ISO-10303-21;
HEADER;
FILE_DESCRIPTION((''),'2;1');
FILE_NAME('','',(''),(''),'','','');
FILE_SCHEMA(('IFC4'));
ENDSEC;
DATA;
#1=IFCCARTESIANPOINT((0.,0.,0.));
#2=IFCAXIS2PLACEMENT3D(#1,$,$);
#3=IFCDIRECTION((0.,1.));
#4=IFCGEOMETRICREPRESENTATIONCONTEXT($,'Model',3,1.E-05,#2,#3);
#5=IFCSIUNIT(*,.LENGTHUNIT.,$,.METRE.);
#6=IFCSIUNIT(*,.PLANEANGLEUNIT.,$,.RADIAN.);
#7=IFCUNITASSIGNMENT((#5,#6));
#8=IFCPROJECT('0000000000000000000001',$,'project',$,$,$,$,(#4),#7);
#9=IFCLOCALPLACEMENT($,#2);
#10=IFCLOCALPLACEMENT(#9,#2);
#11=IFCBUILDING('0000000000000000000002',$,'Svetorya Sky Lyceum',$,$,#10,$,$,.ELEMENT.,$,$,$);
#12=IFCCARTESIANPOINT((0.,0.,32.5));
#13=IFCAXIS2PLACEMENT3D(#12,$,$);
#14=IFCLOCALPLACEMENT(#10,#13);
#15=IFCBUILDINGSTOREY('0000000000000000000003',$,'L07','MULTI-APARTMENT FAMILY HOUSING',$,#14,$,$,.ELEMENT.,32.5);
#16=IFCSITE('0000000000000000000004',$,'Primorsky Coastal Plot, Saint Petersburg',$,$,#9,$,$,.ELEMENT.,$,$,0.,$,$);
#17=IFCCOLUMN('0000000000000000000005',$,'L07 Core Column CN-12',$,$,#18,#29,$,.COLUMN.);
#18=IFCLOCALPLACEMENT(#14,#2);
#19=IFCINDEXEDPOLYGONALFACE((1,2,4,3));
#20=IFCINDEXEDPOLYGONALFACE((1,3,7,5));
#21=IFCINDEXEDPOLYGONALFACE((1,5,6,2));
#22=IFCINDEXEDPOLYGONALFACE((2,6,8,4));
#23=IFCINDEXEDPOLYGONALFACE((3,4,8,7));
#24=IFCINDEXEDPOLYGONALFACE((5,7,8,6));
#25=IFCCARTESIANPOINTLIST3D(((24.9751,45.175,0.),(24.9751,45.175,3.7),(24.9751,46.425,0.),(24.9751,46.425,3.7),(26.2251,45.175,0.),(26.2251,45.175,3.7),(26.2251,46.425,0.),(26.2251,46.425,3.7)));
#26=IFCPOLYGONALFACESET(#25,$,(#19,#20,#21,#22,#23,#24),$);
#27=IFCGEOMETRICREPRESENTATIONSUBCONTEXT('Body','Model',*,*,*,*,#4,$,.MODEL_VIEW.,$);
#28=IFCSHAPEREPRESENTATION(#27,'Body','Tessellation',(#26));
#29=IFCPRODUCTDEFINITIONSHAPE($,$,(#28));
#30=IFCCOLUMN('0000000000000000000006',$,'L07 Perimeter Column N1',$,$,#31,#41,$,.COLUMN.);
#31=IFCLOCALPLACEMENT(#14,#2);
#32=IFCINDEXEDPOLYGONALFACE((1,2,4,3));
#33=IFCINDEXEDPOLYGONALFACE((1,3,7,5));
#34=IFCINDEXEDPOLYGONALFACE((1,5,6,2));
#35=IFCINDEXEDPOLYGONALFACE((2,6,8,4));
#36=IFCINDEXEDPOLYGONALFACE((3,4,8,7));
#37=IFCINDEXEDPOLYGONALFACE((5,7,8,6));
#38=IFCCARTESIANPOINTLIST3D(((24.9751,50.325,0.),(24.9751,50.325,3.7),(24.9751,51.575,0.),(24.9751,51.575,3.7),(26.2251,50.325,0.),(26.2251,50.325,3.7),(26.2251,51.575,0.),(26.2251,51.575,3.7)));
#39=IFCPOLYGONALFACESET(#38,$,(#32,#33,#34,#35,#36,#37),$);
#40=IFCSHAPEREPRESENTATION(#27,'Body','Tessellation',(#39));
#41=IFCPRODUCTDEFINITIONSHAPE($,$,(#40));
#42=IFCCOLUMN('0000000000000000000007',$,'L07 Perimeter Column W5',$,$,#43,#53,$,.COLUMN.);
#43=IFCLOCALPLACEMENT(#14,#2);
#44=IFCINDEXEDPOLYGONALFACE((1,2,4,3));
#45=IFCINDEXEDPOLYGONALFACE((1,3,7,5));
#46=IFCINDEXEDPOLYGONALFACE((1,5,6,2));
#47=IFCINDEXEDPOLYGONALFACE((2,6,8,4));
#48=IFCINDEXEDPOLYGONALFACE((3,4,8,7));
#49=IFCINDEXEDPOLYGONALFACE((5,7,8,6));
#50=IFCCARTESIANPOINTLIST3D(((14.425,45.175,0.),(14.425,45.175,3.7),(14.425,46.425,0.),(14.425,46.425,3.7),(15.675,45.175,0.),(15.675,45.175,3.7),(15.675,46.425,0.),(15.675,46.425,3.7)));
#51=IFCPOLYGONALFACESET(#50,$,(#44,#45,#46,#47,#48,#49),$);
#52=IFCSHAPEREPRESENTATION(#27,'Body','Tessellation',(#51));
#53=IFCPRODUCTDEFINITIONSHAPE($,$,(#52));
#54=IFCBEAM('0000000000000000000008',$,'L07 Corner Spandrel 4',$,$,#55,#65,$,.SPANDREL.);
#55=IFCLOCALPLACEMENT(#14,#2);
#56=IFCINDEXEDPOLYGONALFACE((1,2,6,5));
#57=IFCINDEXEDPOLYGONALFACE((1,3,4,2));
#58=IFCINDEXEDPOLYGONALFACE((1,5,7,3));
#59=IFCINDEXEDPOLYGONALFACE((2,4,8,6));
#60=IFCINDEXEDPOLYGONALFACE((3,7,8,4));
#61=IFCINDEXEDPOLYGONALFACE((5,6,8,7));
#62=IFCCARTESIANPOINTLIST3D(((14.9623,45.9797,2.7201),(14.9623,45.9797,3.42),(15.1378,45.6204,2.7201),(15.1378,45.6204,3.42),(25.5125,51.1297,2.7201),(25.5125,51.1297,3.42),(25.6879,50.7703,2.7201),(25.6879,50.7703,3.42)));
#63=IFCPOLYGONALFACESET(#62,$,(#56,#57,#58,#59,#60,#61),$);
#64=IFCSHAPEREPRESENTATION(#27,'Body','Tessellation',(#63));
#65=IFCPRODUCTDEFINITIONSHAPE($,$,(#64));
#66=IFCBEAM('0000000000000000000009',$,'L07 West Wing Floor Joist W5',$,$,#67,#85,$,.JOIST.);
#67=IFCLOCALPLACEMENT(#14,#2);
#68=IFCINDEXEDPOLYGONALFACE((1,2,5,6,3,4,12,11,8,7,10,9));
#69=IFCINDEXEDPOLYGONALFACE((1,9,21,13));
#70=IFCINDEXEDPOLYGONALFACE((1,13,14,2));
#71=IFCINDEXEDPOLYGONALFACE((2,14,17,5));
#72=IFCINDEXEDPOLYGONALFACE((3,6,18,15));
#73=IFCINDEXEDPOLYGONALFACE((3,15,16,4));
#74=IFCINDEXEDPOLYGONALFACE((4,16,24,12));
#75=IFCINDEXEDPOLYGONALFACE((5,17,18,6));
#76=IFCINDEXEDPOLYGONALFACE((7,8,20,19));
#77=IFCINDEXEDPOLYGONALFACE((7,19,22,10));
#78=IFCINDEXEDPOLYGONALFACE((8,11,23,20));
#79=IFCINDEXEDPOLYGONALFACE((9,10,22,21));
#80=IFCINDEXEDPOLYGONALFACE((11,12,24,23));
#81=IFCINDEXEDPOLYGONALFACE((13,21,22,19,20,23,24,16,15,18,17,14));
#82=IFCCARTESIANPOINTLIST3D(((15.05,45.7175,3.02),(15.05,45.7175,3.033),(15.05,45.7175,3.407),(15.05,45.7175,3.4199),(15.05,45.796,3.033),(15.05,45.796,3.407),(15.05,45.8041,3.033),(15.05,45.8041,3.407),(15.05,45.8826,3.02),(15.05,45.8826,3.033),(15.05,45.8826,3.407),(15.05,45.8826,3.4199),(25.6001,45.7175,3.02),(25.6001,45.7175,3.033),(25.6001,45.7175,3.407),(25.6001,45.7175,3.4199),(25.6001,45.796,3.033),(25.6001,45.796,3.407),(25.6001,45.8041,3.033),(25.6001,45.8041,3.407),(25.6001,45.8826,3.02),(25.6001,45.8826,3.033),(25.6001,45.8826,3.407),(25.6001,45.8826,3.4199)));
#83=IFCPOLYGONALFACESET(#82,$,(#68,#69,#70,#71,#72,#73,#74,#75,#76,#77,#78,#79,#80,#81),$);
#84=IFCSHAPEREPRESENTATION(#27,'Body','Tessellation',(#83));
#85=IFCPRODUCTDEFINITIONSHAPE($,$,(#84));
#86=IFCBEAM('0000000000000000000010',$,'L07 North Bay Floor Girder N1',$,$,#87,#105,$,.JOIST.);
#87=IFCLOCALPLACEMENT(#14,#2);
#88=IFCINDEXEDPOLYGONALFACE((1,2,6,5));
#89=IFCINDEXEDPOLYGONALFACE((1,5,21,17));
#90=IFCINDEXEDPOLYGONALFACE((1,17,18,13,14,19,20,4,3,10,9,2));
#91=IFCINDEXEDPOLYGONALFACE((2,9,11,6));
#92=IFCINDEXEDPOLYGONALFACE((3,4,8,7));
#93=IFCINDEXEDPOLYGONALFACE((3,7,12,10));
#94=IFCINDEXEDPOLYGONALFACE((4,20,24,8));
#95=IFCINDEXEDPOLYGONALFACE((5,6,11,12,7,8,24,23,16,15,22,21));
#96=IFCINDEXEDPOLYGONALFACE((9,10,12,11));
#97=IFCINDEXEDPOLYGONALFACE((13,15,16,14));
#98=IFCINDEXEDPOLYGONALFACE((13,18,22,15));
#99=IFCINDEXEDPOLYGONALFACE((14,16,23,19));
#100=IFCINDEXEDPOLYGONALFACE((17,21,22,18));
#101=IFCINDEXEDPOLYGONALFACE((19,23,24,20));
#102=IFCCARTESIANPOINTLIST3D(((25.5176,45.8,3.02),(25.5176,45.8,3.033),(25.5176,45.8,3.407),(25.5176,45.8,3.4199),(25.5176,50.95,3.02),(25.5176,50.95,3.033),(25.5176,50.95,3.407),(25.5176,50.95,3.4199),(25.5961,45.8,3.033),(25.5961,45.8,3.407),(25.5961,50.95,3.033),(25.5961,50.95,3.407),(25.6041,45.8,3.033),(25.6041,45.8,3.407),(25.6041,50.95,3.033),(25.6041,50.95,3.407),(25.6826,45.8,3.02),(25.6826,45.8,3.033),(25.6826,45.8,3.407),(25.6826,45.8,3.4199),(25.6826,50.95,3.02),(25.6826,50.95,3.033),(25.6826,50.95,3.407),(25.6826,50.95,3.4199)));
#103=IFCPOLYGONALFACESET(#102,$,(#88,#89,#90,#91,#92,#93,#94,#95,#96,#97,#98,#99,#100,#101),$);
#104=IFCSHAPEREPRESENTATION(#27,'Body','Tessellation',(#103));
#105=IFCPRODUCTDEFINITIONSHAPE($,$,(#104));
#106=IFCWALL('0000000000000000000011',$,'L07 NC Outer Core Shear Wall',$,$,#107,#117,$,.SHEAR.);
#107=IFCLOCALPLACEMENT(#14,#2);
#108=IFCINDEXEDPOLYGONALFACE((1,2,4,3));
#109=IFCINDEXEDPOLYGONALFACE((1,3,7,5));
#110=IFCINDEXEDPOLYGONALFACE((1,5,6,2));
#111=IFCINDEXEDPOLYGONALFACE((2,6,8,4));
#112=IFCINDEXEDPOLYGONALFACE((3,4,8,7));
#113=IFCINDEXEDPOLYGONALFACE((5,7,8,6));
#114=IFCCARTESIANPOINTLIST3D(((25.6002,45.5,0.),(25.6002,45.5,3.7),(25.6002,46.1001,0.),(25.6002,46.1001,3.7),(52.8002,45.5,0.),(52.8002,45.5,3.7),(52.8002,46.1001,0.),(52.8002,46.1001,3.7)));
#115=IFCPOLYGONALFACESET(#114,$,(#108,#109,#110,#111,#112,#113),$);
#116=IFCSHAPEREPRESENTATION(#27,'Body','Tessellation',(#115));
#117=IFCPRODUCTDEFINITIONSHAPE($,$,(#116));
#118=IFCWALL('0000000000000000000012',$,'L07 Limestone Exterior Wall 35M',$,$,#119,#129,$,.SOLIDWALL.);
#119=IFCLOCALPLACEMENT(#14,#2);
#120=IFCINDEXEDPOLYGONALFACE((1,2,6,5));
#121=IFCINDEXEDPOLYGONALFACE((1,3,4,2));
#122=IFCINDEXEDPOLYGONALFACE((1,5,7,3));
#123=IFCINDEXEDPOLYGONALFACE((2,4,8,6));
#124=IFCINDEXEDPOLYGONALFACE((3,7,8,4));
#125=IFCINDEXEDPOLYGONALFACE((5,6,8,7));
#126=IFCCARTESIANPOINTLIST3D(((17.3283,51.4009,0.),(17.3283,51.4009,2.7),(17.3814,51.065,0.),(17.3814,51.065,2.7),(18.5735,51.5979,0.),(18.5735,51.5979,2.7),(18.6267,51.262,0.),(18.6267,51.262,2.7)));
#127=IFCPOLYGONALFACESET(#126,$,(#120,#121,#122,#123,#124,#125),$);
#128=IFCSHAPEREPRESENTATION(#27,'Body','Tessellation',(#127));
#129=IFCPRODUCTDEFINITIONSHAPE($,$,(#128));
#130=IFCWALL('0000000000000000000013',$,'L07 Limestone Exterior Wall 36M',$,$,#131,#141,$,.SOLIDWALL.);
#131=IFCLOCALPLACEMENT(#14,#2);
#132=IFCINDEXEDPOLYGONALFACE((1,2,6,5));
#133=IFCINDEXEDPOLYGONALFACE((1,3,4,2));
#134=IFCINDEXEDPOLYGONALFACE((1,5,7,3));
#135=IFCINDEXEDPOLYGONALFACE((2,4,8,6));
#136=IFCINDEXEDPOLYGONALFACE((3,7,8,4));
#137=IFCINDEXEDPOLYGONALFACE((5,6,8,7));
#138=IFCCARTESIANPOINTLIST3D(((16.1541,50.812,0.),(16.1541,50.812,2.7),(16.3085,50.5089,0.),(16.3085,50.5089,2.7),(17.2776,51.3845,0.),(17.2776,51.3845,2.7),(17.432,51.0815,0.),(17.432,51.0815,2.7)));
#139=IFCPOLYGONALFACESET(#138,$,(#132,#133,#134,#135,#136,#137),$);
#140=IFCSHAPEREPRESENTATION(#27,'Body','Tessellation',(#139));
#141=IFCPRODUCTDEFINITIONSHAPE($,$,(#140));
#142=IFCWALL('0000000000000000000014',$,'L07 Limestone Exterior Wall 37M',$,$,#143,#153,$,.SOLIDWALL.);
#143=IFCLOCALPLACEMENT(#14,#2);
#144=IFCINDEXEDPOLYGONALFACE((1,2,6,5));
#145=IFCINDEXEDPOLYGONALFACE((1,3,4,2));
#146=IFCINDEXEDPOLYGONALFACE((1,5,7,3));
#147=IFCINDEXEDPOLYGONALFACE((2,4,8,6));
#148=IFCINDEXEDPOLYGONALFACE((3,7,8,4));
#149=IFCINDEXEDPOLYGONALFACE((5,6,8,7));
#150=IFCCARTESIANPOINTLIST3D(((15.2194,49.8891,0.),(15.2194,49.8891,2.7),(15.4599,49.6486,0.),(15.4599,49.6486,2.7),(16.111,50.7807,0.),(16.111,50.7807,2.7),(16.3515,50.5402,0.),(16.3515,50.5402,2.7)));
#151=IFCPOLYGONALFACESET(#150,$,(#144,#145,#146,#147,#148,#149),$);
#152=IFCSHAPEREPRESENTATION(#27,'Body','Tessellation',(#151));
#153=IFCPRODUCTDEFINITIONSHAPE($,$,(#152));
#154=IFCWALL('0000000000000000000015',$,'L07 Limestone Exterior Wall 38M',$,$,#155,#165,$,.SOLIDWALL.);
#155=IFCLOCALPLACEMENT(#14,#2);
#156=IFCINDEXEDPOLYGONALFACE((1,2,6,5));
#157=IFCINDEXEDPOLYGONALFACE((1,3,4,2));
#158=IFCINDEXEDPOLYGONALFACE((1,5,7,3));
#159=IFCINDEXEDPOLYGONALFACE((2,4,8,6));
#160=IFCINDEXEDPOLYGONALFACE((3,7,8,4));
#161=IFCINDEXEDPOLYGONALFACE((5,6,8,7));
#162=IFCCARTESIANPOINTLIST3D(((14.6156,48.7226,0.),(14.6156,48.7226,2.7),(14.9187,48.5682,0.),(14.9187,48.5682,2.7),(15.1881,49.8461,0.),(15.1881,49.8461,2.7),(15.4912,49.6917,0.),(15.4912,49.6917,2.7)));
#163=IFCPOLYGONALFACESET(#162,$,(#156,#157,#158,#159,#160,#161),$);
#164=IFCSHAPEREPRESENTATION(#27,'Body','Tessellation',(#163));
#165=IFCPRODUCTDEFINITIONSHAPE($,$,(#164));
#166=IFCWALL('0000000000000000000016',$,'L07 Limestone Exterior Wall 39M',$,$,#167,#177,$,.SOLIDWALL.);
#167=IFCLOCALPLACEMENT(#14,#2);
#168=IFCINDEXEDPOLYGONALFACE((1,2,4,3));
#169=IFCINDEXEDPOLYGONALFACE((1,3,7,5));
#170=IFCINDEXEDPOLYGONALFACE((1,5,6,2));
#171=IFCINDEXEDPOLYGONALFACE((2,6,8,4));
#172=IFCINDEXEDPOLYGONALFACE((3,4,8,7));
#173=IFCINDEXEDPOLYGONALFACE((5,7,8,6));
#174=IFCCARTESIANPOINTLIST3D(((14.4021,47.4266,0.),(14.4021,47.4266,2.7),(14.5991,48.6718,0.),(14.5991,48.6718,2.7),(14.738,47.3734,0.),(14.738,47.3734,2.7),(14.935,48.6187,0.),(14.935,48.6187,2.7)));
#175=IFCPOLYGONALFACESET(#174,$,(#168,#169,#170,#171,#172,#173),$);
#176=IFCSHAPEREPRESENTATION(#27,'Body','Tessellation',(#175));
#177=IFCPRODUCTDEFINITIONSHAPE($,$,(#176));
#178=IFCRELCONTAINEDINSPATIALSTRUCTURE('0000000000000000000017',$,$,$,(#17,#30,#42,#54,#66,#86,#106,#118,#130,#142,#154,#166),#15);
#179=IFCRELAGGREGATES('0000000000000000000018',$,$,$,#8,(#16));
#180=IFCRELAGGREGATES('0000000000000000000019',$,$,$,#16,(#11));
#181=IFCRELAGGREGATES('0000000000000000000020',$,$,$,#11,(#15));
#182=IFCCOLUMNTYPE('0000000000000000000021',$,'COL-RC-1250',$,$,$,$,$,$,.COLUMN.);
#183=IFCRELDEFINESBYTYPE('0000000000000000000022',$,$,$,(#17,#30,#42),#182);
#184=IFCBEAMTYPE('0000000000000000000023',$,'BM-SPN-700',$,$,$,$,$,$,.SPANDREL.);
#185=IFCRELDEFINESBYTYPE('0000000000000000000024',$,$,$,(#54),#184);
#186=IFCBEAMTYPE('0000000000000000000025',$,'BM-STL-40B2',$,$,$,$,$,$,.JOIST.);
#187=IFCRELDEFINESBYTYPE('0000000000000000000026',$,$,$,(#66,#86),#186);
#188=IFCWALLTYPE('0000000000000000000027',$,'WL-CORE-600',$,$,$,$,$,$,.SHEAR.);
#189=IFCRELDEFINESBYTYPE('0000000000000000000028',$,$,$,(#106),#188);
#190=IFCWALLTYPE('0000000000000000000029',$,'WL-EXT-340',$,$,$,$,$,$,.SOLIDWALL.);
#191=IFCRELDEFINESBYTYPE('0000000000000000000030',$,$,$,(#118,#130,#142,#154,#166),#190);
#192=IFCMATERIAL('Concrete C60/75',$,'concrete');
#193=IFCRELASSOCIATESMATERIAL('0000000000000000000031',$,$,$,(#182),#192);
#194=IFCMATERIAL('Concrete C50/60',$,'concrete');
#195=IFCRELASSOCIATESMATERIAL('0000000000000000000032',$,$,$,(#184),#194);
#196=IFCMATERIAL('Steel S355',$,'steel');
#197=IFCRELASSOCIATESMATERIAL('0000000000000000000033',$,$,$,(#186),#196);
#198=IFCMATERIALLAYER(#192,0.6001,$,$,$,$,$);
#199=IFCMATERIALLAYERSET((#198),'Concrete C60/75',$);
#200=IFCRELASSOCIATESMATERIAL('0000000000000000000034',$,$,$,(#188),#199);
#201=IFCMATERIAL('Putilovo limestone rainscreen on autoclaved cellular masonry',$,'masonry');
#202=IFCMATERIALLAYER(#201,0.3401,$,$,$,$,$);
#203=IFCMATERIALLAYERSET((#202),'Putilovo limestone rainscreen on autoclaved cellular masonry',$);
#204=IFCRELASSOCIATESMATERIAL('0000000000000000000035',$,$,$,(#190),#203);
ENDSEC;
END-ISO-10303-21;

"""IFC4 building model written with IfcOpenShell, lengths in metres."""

from ifc_helpers import new_model, si_unit, direction, frame, frame_2d, origin, origin_2d, place, context, subcontext, project, spatial, rectangle, i_section, extrude, material, layer, layer_set, material_profile, profile_set, type_object, element, save


model = new_model("IFC4")

# Units and contexts
model_context = context("Model", 3, precision=1e-05, world=origin(), true_north=direction((0.0, 1.0)))
body_context = subcontext(model_context, "Body", "Model", "MODEL_VIEW")
ifc_project = project(units=[si_unit("LENGTHUNIT", "METRE"), si_unit("PLANEANGLEUNIT", "RADIAN")], contexts=[model_context])

# Site, building, storey
site_placement = place(None, origin())
site = spatial("IfcSite", under=ifc_project, at=site_placement, Name="Primorsky Coastal Plot, Saint Petersburg", CompositionType="ELEMENT", RefElevation=0.0)
building_placement = place(site_placement, origin())
building = spatial("IfcBuilding", under=site, at=building_placement, Name="Svetorya Sky Lyceum", CompositionType="ELEMENT")
storey_placement = place(building_placement, frame((0.0, 0.0, 32.5)))
storey = spatial("IfcBuildingStorey", under=building, at=storey_placement, Name="L07", Description="MULTI-APARTMENT FAMILY HOUSING", CompositionType="ELEMENT", Elevation=32.5)

# Columns
ifc_material_1 = material(Name="Concrete C60/75", Category="concrete")
ifc_material_profile_1 = material_profile(ifc_material_1, rectangle(XDim=1.25, YDim=1.25, at=origin_2d()), Name="RC COL 1250x1250")
ifc_profile_set_1 = profile_set([ifc_material_profile_1], Name="Concrete C60/75")
column_type = type_object("IfcColumnType", Name="COL-RC-1250", PredefinedType="COLUMN", material=ifc_profile_set_1)
for number, where, z_axis, x_axis, name in (
    (1, (25.6001, 45.8, 0.0), (0.0, 0.0, 1.0), (1.0, 0.0, 0.0), "L07 Core Column CN-12"),
    (2, (25.6001, 50.95, 0.0), (0.0, 0.0, 1.0), (1.0, 0.0, 0.0), "L07 Perimeter Column N1"),
    (3, (15.05, 45.8, 0.0), (0.0, 0.0, 1.0), (1.0, 0.0, 0.0), "L07 Perimeter Column W5"),
):
    element("IfcColumn", number, at=place(storey_placement, frame(where, z_axis=z_axis, x_axis=x_axis)), inside=storey, type_object=column_type, Name=name, PredefinedType="COLUMN", context=body_context, shape_type="SweptSolid", body=[
        extrude(rectangle(XDim=1.25, YDim=1.25, at=origin_2d()), origin(), (0.0, 0.0, 1.0), 3.7),
    ])

# Beams
ifc_material_2 = material(Name="Concrete C50/60", Category="concrete")
ifc_material_profile_2 = material_profile(ifc_material_2, rectangle(XDim=0.3999, YDim=0.7, at=origin_2d()), Name="RC SPANDREL 400x700")
ifc_profile_set_2 = profile_set([ifc_material_profile_2], Name="Concrete C50/60")
beam_type_1 = type_object("IfcBeamType", Name="BM-SPN-700", PredefinedType="SPANDREL", material=ifc_profile_set_2)
beam_1_placement = place(storey_placement, frame((15.05, 45.8, 3.0701), z_axis=(0.89865, 0.438667, 0.0), x_axis=(-0.438667, 0.89865, 0.0)))
element("IfcBeam", 4, at=beam_1_placement, inside=storey, type_object=beam_type_1, Name="L07 Corner Spandrel 4", PredefinedType="SPANDREL", context=body_context, shape_type="SweptSolid", body=[
    extrude(rectangle(XDim=0.3999, YDim=0.7, at=origin_2d()), origin(), (0.0, 0.0, 1.0), 11.74),
])
ifc_material_3 = material(Name="Steel S355", Category="steel")
ifc_material_profile_3 = material_profile(ifc_material_3, i_section(OverallWidth=0.165, OverallDepth=0.3999, WebThickness=0.0081, FlangeThickness=0.0129, at=origin_2d()), Name="GOST 40B2")
ifc_profile_set_3 = profile_set([ifc_material_profile_3], Name="Steel S355")
beam_type_2 = type_object("IfcBeamType", Name="BM-STL-40B2", PredefinedType="JOIST", material=ifc_profile_set_3)
beam_2_placement = place(storey_placement, frame((15.05, 45.8, 3.22), z_axis=(1.0, 0.0, 0.0), x_axis=(0.0, 1.0, 0.0)))
element("IfcBeam", 5, at=beam_2_placement, inside=storey, type_object=beam_type_2, Name="L07 West Wing Floor Joist W5", PredefinedType="JOIST", context=body_context, shape_type="SweptSolid", body=[
    extrude(i_section(OverallWidth=0.165, OverallDepth=0.3999, WebThickness=0.0081, FlangeThickness=0.0129, at=origin_2d()), origin(), (0.0, 0.0, 1.0), 10.55),
])
beam_3_placement = place(storey_placement, frame((25.6001, 45.8, 3.22), z_axis=(0.0, 1.0, 0.0), x_axis=(-1.0, 0.0, 0.0)))
element("IfcBeam", 6, at=beam_3_placement, inside=storey, type_object=beam_type_2, Name="L07 North Bay Floor Girder N1", PredefinedType="JOIST", context=body_context, shape_type="SweptSolid", body=[
    extrude(i_section(OverallWidth=0.165, OverallDepth=0.3999, WebThickness=0.0081, FlangeThickness=0.0129, at=origin_2d()), origin(), (0.0, 0.0, 1.0), 5.1499),
])

# Walls
ifc_layer_1 = layer(ifc_material_1, 0.6001)
ifc_layer_set_1 = layer_set([ifc_layer_1], Name="Concrete C60/75")
wall_type_1 = type_object("IfcWallType", Name="WL-CORE-600", PredefinedType="SHEAR", material=ifc_layer_set_1)
wall_1_placement = place(storey_placement, frame((25.6001, 45.8, 0.0), z_axis=(0.0, 0.0, 1.0), x_axis=(1.0, 0.0, 0.0)))
element("IfcWall", 7, at=wall_1_placement, inside=storey, type_object=wall_type_1, Name="L07 NC Outer Core Shear Wall", PredefinedType="SHEAR", context=body_context, shape_type="SweptSolid", body=[
    extrude(rectangle(XDim=27.2, YDim=0.6001, at=frame_2d((13.6001, 0.0))), origin(), (0.0, 0.0, 1.0), 3.7),
])
ifc_material_4 = material(Name="Putilovo limestone rainscreen on autoclaved cellular masonry", Category="masonry")
ifc_layer_2 = layer(ifc_material_4, 0.3401)
ifc_layer_set_2 = layer_set([ifc_layer_2], Name="Putilovo limestone rainscreen on autoclaved cellular masonry")
wall_type_2 = type_object("IfcWallType", Name="WL-EXT-340", PredefinedType="SOLIDWALL", material=ifc_layer_set_2)
wall_2_placement = place(storey_placement, frame((18.6001, 51.4299, 0.0), z_axis=(0.0, 0.0, 1.0), x_axis=(-0.987716, -0.156261, 0.0)))
element("IfcWall", 8, at=wall_2_placement, inside=storey, type_object=wall_type_2, Name="L07 Limestone Exterior Wall 35M", PredefinedType="SOLIDWALL", context=body_context, shape_type="SweptSolid", body=[
    extrude(rectangle(XDim=1.2607, YDim=0.3401, at=frame_2d((0.6304, 0.0))), origin(), (0.0, 0.0, 1.0), 2.7),
])
for number, where, z_axis, x_axis, name in (
    (9, (17.3547, 51.2329, 0.0), (0.0, 0.0, 1.0), (-0.890994, -0.454016, 0.0), "L07 Limestone Exterior Wall 36M"),
    (10, (16.2312, 50.6604, 0.0), (0.0, 0.0, 1.0), (-0.707107, -0.707107, 0.0), "L07 Limestone Exterior Wall 37M"),
    (11, (15.3396, 49.7688, 0.0), (0.0, 0.0, 1.0), (-0.454016, -0.890994, 0.0), "L07 Limestone Exterior Wall 38M"),
):
    element("IfcWall", number, at=place(storey_placement, frame(where, z_axis=z_axis, x_axis=x_axis)), inside=storey, type_object=wall_type_2, Name=name, PredefinedType="SOLIDWALL", context=body_context, shape_type="SweptSolid", body=[
        extrude(rectangle(XDim=1.261, YDim=0.3401, at=frame_2d((0.6304, 0.0))), origin(), (0.0, 0.0, 1.0), 2.7),
    ])
wall_3_placement = place(storey_placement, frame((14.7671, 48.6453, 0.0), z_axis=(0.0, 0.0, 1.0), x_axis=(-0.156261, -0.987716, 0.0)))
element("IfcWall", 12, at=wall_3_placement, inside=storey, type_object=wall_type_2, Name="L07 Limestone Exterior Wall 39M", PredefinedType="SOLIDWALL", context=body_context, shape_type="SweptSolid", body=[
    extrude(rectangle(XDim=1.2607, YDim=0.3401, at=frame_2d((0.6304, 0.0))), origin(), (0.0, 0.0, 1.0), 2.7),
])

save(model, "model.ifc")
